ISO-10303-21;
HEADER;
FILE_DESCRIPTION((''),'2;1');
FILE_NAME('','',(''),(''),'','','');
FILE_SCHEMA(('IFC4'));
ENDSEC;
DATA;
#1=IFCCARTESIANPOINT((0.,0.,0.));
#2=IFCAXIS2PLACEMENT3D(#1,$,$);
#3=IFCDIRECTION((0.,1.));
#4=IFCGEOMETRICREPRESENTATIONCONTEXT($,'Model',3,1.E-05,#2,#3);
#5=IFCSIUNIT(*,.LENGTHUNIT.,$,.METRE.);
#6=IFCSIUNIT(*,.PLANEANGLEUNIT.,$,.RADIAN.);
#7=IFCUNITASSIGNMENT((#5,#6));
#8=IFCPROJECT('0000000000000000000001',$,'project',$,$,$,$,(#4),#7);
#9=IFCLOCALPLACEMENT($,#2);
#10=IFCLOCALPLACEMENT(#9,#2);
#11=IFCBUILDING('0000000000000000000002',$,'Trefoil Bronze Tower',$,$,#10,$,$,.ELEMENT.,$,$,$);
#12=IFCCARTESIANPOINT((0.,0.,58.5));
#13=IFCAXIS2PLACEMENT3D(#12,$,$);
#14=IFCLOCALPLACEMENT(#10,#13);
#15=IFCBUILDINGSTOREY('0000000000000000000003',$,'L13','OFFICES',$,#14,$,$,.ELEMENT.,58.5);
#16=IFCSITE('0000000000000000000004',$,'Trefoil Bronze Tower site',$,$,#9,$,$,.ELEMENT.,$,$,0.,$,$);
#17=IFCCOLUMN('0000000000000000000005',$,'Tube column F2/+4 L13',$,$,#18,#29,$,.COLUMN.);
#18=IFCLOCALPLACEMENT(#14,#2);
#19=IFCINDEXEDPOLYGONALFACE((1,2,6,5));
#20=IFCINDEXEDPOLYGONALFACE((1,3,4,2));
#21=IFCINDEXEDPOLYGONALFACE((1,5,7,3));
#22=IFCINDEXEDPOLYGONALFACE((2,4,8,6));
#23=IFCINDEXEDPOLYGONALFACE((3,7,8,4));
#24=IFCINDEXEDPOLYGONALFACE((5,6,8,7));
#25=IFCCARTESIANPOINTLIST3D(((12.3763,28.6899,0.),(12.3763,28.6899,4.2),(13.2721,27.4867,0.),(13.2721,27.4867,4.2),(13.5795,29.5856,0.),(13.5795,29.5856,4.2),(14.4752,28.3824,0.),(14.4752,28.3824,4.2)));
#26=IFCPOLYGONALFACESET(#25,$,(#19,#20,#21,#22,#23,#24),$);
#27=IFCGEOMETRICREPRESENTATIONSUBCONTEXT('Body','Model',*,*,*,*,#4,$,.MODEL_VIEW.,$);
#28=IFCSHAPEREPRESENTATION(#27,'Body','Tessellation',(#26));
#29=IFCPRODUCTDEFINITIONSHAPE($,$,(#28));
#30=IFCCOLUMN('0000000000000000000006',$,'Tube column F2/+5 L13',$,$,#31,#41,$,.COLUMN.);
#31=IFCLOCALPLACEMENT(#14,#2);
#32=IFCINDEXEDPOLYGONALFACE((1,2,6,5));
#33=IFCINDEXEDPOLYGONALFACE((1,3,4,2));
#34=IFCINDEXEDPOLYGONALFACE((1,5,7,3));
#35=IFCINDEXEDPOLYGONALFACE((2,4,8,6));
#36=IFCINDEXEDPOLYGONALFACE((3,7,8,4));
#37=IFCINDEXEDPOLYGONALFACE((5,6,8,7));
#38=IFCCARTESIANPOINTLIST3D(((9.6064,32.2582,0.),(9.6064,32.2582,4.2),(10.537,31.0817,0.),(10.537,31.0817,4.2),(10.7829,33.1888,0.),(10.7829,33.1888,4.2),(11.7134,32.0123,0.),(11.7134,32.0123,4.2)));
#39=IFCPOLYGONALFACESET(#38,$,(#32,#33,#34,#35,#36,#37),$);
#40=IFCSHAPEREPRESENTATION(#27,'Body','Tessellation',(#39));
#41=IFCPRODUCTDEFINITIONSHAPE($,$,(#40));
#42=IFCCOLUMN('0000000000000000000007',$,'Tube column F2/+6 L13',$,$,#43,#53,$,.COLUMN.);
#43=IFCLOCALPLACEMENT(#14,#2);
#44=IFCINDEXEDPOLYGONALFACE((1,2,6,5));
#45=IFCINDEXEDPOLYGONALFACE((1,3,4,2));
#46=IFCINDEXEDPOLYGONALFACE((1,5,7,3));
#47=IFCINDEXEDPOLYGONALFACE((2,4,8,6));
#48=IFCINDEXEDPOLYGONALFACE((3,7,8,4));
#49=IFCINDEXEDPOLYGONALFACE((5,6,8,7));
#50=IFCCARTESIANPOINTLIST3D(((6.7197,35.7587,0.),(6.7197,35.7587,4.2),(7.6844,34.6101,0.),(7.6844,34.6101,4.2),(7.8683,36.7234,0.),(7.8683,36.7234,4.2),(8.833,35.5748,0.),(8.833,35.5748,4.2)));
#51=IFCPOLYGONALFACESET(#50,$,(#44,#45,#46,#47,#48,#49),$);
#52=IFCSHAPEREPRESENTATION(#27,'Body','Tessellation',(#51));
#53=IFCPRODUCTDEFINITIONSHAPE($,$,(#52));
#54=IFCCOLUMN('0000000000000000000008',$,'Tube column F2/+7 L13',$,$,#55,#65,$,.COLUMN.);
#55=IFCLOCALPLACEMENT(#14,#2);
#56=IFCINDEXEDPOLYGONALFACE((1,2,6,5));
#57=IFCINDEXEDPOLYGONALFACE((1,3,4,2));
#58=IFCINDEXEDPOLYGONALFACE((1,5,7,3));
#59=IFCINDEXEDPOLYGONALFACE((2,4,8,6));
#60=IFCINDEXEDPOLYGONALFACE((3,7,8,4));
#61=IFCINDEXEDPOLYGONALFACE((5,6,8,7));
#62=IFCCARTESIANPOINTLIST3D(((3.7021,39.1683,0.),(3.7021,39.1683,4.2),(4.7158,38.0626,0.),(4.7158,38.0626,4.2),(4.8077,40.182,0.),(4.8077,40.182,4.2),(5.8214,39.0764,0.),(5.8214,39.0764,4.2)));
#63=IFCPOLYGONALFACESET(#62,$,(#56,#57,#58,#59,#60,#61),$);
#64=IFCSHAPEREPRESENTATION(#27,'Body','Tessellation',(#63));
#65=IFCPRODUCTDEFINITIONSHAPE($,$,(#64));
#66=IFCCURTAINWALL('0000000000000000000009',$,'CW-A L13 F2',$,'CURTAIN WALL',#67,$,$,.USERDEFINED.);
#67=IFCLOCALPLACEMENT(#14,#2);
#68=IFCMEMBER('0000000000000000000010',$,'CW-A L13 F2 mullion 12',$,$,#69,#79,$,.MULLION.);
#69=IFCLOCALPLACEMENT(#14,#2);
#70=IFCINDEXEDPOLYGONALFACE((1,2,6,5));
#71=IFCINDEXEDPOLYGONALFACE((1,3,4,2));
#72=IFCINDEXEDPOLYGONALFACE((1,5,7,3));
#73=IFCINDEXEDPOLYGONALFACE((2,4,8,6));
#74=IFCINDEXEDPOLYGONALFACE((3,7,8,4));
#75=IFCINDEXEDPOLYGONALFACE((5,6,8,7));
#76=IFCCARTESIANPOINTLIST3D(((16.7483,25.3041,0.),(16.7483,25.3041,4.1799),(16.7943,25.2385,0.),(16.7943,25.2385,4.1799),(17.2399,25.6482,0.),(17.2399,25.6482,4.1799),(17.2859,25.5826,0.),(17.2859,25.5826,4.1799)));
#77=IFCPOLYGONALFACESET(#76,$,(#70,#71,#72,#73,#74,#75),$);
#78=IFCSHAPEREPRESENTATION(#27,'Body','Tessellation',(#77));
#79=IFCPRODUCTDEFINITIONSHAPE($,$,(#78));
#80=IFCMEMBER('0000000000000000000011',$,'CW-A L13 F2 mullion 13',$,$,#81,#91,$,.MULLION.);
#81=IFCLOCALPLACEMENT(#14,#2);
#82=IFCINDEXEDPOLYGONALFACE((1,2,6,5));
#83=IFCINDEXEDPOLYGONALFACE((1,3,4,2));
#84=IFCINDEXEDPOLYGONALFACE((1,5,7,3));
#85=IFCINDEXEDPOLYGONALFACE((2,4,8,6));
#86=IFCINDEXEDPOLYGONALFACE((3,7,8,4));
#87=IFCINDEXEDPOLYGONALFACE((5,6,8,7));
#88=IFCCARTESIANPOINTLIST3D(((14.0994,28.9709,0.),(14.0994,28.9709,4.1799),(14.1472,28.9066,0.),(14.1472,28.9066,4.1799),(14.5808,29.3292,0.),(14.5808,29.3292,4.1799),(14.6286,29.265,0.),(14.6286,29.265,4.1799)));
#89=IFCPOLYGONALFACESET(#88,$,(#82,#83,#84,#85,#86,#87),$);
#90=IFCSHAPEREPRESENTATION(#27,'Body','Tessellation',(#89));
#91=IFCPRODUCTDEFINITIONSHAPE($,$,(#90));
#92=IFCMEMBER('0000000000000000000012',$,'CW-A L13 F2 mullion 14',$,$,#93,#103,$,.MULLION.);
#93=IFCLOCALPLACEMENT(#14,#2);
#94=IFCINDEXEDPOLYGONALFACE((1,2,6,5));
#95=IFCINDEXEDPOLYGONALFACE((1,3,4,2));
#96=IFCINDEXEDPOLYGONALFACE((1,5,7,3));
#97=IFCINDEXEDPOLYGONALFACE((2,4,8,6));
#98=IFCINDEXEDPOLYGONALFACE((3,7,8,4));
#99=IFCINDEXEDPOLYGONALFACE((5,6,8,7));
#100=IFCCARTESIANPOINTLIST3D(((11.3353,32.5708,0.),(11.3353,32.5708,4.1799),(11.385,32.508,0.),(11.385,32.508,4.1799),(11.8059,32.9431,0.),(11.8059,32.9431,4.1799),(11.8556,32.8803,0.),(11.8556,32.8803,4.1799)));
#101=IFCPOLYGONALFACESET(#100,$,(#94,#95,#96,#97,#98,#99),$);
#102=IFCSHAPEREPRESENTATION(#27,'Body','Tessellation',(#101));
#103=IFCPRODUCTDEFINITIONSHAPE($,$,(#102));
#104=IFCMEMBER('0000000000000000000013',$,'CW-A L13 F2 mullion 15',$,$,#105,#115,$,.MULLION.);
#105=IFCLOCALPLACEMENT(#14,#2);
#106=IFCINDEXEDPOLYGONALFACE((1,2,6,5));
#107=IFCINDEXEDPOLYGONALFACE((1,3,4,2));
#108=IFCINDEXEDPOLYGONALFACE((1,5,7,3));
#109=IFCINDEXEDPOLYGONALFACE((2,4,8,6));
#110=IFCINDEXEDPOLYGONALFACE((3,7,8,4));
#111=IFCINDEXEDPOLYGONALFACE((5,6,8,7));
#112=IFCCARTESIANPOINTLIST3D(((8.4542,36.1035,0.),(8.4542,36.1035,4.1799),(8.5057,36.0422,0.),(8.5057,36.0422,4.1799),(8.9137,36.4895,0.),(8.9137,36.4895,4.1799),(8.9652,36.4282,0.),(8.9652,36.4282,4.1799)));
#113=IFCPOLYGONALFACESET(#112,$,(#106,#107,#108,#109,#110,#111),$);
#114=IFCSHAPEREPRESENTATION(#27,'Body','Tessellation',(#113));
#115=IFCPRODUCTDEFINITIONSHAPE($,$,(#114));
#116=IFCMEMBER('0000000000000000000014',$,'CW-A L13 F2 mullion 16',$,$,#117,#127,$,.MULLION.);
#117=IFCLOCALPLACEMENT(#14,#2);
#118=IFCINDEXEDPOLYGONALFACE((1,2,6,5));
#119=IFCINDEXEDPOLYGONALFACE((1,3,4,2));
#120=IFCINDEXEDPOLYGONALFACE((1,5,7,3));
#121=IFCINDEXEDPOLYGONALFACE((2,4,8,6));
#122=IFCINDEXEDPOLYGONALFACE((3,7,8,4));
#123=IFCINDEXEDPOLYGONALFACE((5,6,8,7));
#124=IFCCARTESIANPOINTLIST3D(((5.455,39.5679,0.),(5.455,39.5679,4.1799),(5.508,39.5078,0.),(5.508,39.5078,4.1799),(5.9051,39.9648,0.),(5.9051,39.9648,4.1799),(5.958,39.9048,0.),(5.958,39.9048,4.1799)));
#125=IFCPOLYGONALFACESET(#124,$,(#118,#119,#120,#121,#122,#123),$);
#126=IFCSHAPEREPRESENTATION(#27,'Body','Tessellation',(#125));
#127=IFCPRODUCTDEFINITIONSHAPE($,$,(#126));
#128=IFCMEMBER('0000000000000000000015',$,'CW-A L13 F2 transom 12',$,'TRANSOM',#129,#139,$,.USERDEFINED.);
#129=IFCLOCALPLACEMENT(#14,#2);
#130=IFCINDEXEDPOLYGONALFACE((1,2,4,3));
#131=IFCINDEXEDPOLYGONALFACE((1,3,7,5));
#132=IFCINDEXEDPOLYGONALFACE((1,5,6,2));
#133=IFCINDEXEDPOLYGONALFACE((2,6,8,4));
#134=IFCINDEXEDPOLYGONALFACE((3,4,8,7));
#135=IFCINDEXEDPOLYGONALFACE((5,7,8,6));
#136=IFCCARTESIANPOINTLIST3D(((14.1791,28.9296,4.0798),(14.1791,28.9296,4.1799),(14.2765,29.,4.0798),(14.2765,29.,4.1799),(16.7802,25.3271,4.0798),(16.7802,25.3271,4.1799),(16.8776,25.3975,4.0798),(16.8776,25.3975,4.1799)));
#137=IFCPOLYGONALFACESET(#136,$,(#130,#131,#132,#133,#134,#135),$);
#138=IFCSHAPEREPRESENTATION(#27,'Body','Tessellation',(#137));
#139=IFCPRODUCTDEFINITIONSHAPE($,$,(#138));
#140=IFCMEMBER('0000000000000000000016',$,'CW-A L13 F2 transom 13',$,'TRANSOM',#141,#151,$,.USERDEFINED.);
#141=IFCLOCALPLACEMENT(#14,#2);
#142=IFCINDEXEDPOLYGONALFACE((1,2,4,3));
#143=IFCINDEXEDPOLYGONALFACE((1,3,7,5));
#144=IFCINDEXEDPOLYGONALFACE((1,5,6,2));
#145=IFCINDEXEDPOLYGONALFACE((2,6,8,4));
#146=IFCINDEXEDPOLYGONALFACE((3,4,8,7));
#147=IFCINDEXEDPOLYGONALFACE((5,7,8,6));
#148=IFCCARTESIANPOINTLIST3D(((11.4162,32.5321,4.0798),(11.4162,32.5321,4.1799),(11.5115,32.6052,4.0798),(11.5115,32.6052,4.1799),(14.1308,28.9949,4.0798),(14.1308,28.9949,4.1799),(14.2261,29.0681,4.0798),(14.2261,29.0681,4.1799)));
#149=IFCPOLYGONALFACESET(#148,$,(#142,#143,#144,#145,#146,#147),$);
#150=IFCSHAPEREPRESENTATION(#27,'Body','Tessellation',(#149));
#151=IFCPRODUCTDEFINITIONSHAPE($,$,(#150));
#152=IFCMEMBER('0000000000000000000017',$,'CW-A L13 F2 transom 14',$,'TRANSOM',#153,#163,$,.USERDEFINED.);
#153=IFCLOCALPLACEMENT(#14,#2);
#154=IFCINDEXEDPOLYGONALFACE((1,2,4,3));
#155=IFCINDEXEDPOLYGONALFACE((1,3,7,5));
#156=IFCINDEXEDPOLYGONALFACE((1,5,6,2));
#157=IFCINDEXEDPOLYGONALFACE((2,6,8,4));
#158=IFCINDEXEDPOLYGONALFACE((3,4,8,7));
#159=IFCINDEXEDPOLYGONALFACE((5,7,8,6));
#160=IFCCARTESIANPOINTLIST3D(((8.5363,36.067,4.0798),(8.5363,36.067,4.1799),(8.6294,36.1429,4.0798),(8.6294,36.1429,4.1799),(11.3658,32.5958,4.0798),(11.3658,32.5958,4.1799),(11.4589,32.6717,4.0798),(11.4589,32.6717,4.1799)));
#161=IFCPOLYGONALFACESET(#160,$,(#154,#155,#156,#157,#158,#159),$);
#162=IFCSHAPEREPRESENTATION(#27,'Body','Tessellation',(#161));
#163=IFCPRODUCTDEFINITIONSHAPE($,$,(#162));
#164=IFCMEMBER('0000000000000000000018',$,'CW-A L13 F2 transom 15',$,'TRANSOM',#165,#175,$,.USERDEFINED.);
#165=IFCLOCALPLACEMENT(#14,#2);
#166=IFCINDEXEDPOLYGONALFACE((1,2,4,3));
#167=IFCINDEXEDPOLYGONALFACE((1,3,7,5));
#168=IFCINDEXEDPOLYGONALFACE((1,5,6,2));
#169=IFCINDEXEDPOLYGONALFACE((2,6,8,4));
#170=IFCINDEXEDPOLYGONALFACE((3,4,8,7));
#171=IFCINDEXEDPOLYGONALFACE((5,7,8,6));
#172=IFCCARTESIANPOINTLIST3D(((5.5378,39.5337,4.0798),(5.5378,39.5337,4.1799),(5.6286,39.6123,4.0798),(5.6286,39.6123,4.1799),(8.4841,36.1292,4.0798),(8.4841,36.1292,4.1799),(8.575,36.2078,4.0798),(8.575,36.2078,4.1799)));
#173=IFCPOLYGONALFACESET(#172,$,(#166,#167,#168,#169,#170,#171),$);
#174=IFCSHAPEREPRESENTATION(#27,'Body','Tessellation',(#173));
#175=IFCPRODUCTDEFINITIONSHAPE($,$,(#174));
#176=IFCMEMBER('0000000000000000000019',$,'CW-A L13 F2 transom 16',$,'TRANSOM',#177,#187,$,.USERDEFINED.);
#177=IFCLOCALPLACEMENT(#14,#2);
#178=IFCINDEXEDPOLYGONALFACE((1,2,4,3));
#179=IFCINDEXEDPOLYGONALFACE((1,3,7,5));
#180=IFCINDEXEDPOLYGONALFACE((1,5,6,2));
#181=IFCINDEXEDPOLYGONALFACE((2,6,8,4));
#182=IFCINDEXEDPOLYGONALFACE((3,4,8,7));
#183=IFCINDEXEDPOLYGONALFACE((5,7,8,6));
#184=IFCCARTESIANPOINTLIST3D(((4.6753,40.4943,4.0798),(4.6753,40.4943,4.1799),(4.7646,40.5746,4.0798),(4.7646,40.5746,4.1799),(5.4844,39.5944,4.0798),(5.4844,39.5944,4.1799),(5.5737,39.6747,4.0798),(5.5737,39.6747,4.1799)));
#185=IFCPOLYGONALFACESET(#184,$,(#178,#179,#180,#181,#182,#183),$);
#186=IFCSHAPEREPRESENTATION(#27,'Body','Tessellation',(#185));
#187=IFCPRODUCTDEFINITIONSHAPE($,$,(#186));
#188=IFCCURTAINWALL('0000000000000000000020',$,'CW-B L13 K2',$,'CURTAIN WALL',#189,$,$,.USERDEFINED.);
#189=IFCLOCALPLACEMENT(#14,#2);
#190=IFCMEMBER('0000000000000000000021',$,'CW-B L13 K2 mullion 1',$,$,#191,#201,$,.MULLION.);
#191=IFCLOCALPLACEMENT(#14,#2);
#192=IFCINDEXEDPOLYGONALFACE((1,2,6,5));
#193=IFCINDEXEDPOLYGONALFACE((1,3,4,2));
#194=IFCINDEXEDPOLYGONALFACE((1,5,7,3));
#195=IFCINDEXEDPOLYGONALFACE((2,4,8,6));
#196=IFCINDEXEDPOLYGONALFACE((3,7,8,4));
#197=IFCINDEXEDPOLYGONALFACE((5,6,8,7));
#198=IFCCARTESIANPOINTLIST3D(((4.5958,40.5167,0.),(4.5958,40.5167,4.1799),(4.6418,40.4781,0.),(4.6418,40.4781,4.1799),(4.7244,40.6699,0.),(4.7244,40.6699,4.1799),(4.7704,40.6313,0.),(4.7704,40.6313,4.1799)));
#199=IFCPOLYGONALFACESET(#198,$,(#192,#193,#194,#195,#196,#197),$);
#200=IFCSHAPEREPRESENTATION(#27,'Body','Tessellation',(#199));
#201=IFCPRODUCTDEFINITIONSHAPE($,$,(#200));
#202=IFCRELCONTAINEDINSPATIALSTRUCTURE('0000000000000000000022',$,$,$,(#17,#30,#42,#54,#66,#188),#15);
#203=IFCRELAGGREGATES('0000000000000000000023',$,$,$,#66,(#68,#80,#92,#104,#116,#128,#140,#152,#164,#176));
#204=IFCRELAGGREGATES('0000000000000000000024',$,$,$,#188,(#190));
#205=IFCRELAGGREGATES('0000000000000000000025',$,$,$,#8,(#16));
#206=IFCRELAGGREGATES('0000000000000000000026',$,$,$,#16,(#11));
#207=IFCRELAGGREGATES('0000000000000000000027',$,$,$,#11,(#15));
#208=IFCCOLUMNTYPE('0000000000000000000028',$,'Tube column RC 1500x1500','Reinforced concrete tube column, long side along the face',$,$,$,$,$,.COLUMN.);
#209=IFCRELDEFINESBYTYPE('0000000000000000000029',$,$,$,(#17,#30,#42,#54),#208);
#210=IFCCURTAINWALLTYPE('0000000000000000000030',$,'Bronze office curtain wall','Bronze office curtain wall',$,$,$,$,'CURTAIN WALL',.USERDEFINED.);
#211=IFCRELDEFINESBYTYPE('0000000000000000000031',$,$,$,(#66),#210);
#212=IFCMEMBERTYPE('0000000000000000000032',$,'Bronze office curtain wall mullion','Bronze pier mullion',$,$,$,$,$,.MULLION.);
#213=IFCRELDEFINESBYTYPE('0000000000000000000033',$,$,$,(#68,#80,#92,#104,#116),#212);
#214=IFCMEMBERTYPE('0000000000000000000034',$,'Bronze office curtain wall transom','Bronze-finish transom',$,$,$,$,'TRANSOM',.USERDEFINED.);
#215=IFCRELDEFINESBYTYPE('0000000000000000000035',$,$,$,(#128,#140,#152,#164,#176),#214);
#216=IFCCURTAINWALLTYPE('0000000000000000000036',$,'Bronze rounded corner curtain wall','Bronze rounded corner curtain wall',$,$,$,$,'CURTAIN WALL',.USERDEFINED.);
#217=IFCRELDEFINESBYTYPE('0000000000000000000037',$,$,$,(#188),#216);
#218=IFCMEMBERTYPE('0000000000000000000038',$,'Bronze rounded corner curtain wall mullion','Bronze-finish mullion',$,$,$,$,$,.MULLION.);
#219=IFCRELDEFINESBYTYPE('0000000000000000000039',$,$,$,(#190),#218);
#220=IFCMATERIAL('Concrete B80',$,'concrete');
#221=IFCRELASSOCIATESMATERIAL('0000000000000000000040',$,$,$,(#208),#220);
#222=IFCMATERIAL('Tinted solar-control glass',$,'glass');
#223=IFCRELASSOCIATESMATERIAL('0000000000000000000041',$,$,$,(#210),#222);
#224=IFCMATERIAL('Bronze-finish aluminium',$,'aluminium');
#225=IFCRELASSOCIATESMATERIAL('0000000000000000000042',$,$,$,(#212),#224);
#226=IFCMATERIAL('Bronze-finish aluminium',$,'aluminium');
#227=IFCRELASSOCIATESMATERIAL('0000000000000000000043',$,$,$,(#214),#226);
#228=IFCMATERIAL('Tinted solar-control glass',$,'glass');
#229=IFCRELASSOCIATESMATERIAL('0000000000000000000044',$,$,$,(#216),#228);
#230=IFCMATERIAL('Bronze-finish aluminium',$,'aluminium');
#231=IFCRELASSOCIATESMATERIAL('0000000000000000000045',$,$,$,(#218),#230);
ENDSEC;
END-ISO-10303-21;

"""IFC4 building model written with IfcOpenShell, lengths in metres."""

from ifc_helpers import new_model, si_unit, direction, frame, origin, origin_2d, place, context, subcontext, project, spatial, rectangle, extrude, material, material_profile, profile_set, type_object, element, aggregate, save


model = new_model("IFC4")

# Units and contexts
model_context = context("Model", 3, precision=1e-05, world=origin(), true_north=direction((0.0, 1.0)))
body_context = subcontext(model_context, "Body", "Model", "MODEL_VIEW")
ifc_project = project(units=[si_unit("LENGTHUNIT", "METRE"), si_unit("PLANEANGLEUNIT", "RADIAN")], contexts=[model_context])

# Site, building, storey
site_placement = place(None, origin())
site = spatial("IfcSite", under=ifc_project, at=site_placement, Name="Trefoil Bronze Tower site", CompositionType="ELEMENT", RefElevation=0.0)
building_placement = place(site_placement, origin())
building = spatial("IfcBuilding", under=site, at=building_placement, Name="Trefoil Bronze Tower", CompositionType="ELEMENT")
storey_placement = place(building_placement, frame((0.0, 0.0, 58.5)))
storey = spatial("IfcBuildingStorey", under=building, at=storey_placement, Name="L13", Description="OFFICES", CompositionType="ELEMENT", Elevation=58.5)

# Columns
ifc_material_1 = material(Name="Concrete B80", Category="concrete")
ifc_material_profile_1 = material_profile(ifc_material_1, rectangle(XDim=1.5, YDim=1.5, at=origin_2d()), Name="RC 1500x1500")
ifc_profile_set_1 = profile_set([ifc_material_profile_1], Name="Concrete B80")
column_type = type_object("IfcColumnType", Name="Tube column RC 1500x1500", Description="Reinforced concrete tube column, long side along the face", PredefinedType="COLUMN", material=ifc_profile_set_1)
for number, where, z_axis, x_axis, name in (
    (1, (13.4258, 28.5361, 0.0), (0.0, 0.0, 1.0), (-0.597154, 0.802127, 0.0), "Tube column F2/+4 L13"),
    (2, (10.6599, 32.1353, 0.0), (0.0, 0.0, 1.0), (-0.620376, 0.784305, 0.0), "Tube column F2/+5 L13"),
    (3, (7.7764, 35.6667, 0.0), (0.0, 0.0, 1.0), (-0.643163, 0.765729, 0.0), "Tube column F2/+6 L13"),
    (4, (4.7617, 39.1223, 0.0), (0.0, 0.0, 1.0), (-0.675816, 0.73707, 0.0), "Tube column F2/+7 L13"),
):
    element("IfcColumn", number, at=place(storey_placement, frame(where, z_axis=z_axis, x_axis=x_axis)), inside=storey, type_object=column_type, Name=name, PredefinedType="COLUMN", context=body_context, shape_type="SweptSolid", body=[
        extrude(rectangle(XDim=1.5, YDim=1.5, at=origin_2d()), origin(), (0.0, 0.0, 1.0), 4.2),
    ])

# Curtain walls, members
ifc_material_2 = material(Name="Tinted solar-control glass", Category="glass")
curtain_wall_type_1 = type_object("IfcCurtainWallType", Name="Bronze office curtain wall", Description="Bronze office curtain wall", ElementType="CURTAIN WALL", PredefinedType="USERDEFINED", material=ifc_material_2)
curtain_wall_1_placement = place(storey_placement, origin())
curtain_wall_1 = element("IfcCurtainWall", 5, at=curtain_wall_1_placement, inside=storey, type_object=curtain_wall_type_1, Name="CW-A L13 F2", ObjectType="CURTAIN WALL", PredefinedType="USERDEFINED")
ifc_material_3 = material(Name="Bronze-finish aluminium", Category="aluminium")
ifc_material_profile_2 = material_profile(ifc_material_3, rectangle(XDim=0.6001, YDim=0.0801, at=origin_2d()), Name="CW-A mullion")
ifc_profile_set_2 = profile_set([ifc_material_profile_2], Name="Bronze-finish aluminium")
member_type_1 = type_object("IfcMemberType", Name="Bronze office curtain wall mullion", Description="Bronze pier mullion", PredefinedType="MULLION", material=ifc_profile_set_2)
member_1_placement = place(storey_placement, frame((17.0171, 25.4434, 0.0), z_axis=(0.0, 0.0, 1.0), x_axis=(-0.819204, -0.573502, 0.0)))
member_1 = element("IfcMember", 6, at=member_1_placement, type_object=member_type_1, Name="CW-A L13 F2 mullion 12", PredefinedType="MULLION", context=body_context, shape_type="SweptSolid", body=[
    extrude(rectangle(XDim=0.6001, YDim=0.0801, at=origin_2d()), origin(), (0.0, 0.0, 1.0), 4.1799),
])
member_2_placement = place(storey_placement, frame((14.364, 29.1179, 0.0), z_axis=(0.0, 0.0, 1.0), x_axis=(-0.802127, -0.597154, 0.0)))
member_2 = element("IfcMember", 7, at=member_2_placement, type_object=member_type_1, Name="CW-A L13 F2 mullion 13", PredefinedType="MULLION", context=body_context, shape_type="SweptSolid", body=[
    extrude(rectangle(XDim=0.6001, YDim=0.0801, at=origin_2d()), origin(), (0.0, 0.0, 1.0), 4.1799),
])
member_3_placement = place(storey_placement, frame((11.5955, 32.7256, 0.0), z_axis=(0.0, 0.0, 1.0), x_axis=(-0.784305, -0.620376, 0.0)))
member_3 = element("IfcMember", 8, at=member_3_placement, type_object=member_type_1, Name="CW-A L13 F2 mullion 14", PredefinedType="MULLION", context=body_context, shape_type="SweptSolid", body=[
    extrude(rectangle(XDim=0.6001, YDim=0.0801, at=origin_2d()), origin(), (0.0, 0.0, 1.0), 4.1799),
])
member_4_placement = place(storey_placement, frame((8.7097, 36.2659, 0.0), z_axis=(0.0, 0.0, 1.0), x_axis=(-0.765729, -0.643163, 0.0)))
member_4 = element("IfcMember", 9, at=member_4_placement, type_object=member_type_1, Name="CW-A L13 F2 mullion 15", PredefinedType="MULLION", context=body_context, shape_type="SweptSolid", body=[
    extrude(rectangle(XDim=0.6001, YDim=0.0801, at=origin_2d()), origin(), (0.0, 0.0, 1.0), 4.1799),
])
member_5_placement = place(storey_placement, frame((5.7065, 39.7363, 0.0), z_axis=(0.0, 0.0, 1.0), x_axis=(-0.749941, -0.661505, 0.0)))
member_5 = element("IfcMember", 10, at=member_5_placement, type_object=member_type_1, Name="CW-A L13 F2 mullion 16", PredefinedType="MULLION", context=body_context, shape_type="SweptSolid", body=[
    extrude(rectangle(XDim=0.6001, YDim=0.0801, at=origin_2d()), origin(), (0.0, 0.0, 1.0), 4.1799),
])
ifc_material_4 = material(Name="Bronze-finish aluminium", Category="aluminium")
ifc_material_profile_3 = material_profile(ifc_material_4, rectangle(XDim=0.1201, YDim=0.1001, at=origin_2d()), Name="CW-A transom")
ifc_profile_set_3 = profile_set([ifc_material_profile_3], Name="Bronze-finish aluminium")
member_type_2 = type_object("IfcMemberType", Name="Bronze office curtain wall transom", Description="Bronze-finish transom", ElementType="TRANSOM", PredefinedType="USERDEFINED", material=ifc_profile_set_3)
member_6_placement = place(storey_placement, frame((16.8289, 25.3623, 4.1299), z_axis=(-0.585378, 0.81076, 0.0), x_axis=(-0.81076, -0.585378, 0.0)))
member_6 = element("IfcMember", 11, at=member_6_placement, type_object=member_type_2, Name="CW-A L13 F2 transom 12", ObjectType="TRANSOM", PredefinedType="USERDEFINED", context=body_context, shape_type="SweptSolid", body=[
    extrude(rectangle(XDim=0.1201, YDim=0.1001, at=origin_2d()), origin(), (0.0, 0.0, 1.0), 4.4434),
])
member_7_placement = place(storey_placement, frame((14.1785, 29.0315, 4.1299), z_axis=(-0.608829, 0.793301, 0.0), x_axis=(-0.793301, -0.608829, 0.0)))
member_7 = element("IfcMember", 12, at=member_7_placement, type_object=member_type_2, Name="CW-A L13 F2 transom 13", ObjectType="TRANSOM", PredefinedType="USERDEFINED", context=body_context, shape_type="SweptSolid", body=[
    extrude(rectangle(XDim=0.1201, YDim=0.1001, at=origin_2d()), origin(), (0.0, 0.0, 1.0), 4.4587),
])
member_8_placement = place(storey_placement, frame((11.4124, 32.6338, 4.1299), z_axis=(-0.631836, 0.775102, 0.0), x_axis=(-0.775102, -0.631836, 0.0)))
member_8 = element("IfcMember", 13, at=member_8_placement, type_object=member_type_2, Name="CW-A L13 F2 transom 14", ObjectType="TRANSOM", PredefinedType="USERDEFINED", context=body_context, shape_type="SweptSolid", body=[
    extrude(rectangle(XDim=0.1201, YDim=0.1001, at=origin_2d()), origin(), (0.0, 0.0, 1.0), 4.4783),
])
member_9_placement = place(storey_placement, frame((8.5295, 36.1685, 4.1299), z_axis=(-0.654383, 0.756163, 0.0), x_axis=(-0.756163, -0.654383, 0.0)))
member_9 = element("IfcMember", 14, at=member_9_placement, type_object=member_type_2, Name="CW-A L13 F2 transom 15", ObjectType="TRANSOM", PredefinedType="USERDEFINED", context=body_context, shape_type="SweptSolid", body=[
    extrude(rectangle(XDim=0.1201, YDim=0.1001, at=origin_2d()), origin(), (0.0, 0.0, 1.0), 4.5024),
])
member_10_placement = place(storey_placement, frame((5.5291, 39.6345, 4.1299), z_axis=(-0.668586, 0.743635, 0.0), x_axis=(-0.743635, -0.668586, 0.0)))
member_10 = element("IfcMember", 15, at=member_10_placement, type_object=member_type_2, Name="CW-A L13 F2 transom 16", ObjectType="TRANSOM", PredefinedType="USERDEFINED", context=body_context, shape_type="SweptSolid", body=[
    extrude(rectangle(XDim=0.1201, YDim=0.1001, at=origin_2d()), origin(), (0.0, 0.0, 1.0), 1.2102),
])
ifc_material_5 = material(Name="Tinted solar-control glass", Category="glass")
curtain_wall_type_2 = type_object("IfcCurtainWallType", Name="Bronze rounded corner curtain wall", Description="Bronze rounded corner curtain wall", ElementType="CURTAIN WALL", PredefinedType="USERDEFINED", material=ifc_material_5)
curtain_wall_2_placement = place(storey_placement, origin())
curtain_wall_2 = element("IfcCurtainWall", 16, at=curtain_wall_2_placement, inside=storey, type_object=curtain_wall_type_2, Name="CW-B L13 K2", ObjectType="CURTAIN WALL", PredefinedType="USERDEFINED")
ifc_material_6 = material(Name="Bronze-finish aluminium", Category="aluminium")
ifc_material_profile_4 = material_profile(ifc_material_6, rectangle(XDim=0.2, YDim=0.0601, at=origin_2d()), Name="CW-B mullion")
ifc_profile_set_4 = profile_set([ifc_material_profile_4], Name="Bronze-finish aluminium")
member_type_3 = type_object("IfcMemberType", Name="Bronze rounded corner curtain wall mullion", Description="Bronze-finish mullion", PredefinedType="MULLION", material=ifc_profile_set_4)
member_11_placement = place(storey_placement, frame((4.6831, 40.574, 0.0), z_axis=(0.0, 0.0, 1.0), x_axis=(-0.642788, -0.766044, 0.0)))
member_11 = element("IfcMember", 17, at=member_11_placement, type_object=member_type_3, Name="CW-B L13 K2 mullion 1", PredefinedType="MULLION", context=body_context, shape_type="SweptSolid", body=[
    extrude(rectangle(XDim=0.2, YDim=0.0601, at=origin_2d()), origin(), (0.0, 0.0, 1.0), 4.1799),
])

aggregate(curtain_wall_1, [member_1, member_2, member_3, member_4, member_5, member_6, member_7, member_8, member_9, member_10])
aggregate(curtain_wall_2, [member_11])

save(model, "model.ifc")
